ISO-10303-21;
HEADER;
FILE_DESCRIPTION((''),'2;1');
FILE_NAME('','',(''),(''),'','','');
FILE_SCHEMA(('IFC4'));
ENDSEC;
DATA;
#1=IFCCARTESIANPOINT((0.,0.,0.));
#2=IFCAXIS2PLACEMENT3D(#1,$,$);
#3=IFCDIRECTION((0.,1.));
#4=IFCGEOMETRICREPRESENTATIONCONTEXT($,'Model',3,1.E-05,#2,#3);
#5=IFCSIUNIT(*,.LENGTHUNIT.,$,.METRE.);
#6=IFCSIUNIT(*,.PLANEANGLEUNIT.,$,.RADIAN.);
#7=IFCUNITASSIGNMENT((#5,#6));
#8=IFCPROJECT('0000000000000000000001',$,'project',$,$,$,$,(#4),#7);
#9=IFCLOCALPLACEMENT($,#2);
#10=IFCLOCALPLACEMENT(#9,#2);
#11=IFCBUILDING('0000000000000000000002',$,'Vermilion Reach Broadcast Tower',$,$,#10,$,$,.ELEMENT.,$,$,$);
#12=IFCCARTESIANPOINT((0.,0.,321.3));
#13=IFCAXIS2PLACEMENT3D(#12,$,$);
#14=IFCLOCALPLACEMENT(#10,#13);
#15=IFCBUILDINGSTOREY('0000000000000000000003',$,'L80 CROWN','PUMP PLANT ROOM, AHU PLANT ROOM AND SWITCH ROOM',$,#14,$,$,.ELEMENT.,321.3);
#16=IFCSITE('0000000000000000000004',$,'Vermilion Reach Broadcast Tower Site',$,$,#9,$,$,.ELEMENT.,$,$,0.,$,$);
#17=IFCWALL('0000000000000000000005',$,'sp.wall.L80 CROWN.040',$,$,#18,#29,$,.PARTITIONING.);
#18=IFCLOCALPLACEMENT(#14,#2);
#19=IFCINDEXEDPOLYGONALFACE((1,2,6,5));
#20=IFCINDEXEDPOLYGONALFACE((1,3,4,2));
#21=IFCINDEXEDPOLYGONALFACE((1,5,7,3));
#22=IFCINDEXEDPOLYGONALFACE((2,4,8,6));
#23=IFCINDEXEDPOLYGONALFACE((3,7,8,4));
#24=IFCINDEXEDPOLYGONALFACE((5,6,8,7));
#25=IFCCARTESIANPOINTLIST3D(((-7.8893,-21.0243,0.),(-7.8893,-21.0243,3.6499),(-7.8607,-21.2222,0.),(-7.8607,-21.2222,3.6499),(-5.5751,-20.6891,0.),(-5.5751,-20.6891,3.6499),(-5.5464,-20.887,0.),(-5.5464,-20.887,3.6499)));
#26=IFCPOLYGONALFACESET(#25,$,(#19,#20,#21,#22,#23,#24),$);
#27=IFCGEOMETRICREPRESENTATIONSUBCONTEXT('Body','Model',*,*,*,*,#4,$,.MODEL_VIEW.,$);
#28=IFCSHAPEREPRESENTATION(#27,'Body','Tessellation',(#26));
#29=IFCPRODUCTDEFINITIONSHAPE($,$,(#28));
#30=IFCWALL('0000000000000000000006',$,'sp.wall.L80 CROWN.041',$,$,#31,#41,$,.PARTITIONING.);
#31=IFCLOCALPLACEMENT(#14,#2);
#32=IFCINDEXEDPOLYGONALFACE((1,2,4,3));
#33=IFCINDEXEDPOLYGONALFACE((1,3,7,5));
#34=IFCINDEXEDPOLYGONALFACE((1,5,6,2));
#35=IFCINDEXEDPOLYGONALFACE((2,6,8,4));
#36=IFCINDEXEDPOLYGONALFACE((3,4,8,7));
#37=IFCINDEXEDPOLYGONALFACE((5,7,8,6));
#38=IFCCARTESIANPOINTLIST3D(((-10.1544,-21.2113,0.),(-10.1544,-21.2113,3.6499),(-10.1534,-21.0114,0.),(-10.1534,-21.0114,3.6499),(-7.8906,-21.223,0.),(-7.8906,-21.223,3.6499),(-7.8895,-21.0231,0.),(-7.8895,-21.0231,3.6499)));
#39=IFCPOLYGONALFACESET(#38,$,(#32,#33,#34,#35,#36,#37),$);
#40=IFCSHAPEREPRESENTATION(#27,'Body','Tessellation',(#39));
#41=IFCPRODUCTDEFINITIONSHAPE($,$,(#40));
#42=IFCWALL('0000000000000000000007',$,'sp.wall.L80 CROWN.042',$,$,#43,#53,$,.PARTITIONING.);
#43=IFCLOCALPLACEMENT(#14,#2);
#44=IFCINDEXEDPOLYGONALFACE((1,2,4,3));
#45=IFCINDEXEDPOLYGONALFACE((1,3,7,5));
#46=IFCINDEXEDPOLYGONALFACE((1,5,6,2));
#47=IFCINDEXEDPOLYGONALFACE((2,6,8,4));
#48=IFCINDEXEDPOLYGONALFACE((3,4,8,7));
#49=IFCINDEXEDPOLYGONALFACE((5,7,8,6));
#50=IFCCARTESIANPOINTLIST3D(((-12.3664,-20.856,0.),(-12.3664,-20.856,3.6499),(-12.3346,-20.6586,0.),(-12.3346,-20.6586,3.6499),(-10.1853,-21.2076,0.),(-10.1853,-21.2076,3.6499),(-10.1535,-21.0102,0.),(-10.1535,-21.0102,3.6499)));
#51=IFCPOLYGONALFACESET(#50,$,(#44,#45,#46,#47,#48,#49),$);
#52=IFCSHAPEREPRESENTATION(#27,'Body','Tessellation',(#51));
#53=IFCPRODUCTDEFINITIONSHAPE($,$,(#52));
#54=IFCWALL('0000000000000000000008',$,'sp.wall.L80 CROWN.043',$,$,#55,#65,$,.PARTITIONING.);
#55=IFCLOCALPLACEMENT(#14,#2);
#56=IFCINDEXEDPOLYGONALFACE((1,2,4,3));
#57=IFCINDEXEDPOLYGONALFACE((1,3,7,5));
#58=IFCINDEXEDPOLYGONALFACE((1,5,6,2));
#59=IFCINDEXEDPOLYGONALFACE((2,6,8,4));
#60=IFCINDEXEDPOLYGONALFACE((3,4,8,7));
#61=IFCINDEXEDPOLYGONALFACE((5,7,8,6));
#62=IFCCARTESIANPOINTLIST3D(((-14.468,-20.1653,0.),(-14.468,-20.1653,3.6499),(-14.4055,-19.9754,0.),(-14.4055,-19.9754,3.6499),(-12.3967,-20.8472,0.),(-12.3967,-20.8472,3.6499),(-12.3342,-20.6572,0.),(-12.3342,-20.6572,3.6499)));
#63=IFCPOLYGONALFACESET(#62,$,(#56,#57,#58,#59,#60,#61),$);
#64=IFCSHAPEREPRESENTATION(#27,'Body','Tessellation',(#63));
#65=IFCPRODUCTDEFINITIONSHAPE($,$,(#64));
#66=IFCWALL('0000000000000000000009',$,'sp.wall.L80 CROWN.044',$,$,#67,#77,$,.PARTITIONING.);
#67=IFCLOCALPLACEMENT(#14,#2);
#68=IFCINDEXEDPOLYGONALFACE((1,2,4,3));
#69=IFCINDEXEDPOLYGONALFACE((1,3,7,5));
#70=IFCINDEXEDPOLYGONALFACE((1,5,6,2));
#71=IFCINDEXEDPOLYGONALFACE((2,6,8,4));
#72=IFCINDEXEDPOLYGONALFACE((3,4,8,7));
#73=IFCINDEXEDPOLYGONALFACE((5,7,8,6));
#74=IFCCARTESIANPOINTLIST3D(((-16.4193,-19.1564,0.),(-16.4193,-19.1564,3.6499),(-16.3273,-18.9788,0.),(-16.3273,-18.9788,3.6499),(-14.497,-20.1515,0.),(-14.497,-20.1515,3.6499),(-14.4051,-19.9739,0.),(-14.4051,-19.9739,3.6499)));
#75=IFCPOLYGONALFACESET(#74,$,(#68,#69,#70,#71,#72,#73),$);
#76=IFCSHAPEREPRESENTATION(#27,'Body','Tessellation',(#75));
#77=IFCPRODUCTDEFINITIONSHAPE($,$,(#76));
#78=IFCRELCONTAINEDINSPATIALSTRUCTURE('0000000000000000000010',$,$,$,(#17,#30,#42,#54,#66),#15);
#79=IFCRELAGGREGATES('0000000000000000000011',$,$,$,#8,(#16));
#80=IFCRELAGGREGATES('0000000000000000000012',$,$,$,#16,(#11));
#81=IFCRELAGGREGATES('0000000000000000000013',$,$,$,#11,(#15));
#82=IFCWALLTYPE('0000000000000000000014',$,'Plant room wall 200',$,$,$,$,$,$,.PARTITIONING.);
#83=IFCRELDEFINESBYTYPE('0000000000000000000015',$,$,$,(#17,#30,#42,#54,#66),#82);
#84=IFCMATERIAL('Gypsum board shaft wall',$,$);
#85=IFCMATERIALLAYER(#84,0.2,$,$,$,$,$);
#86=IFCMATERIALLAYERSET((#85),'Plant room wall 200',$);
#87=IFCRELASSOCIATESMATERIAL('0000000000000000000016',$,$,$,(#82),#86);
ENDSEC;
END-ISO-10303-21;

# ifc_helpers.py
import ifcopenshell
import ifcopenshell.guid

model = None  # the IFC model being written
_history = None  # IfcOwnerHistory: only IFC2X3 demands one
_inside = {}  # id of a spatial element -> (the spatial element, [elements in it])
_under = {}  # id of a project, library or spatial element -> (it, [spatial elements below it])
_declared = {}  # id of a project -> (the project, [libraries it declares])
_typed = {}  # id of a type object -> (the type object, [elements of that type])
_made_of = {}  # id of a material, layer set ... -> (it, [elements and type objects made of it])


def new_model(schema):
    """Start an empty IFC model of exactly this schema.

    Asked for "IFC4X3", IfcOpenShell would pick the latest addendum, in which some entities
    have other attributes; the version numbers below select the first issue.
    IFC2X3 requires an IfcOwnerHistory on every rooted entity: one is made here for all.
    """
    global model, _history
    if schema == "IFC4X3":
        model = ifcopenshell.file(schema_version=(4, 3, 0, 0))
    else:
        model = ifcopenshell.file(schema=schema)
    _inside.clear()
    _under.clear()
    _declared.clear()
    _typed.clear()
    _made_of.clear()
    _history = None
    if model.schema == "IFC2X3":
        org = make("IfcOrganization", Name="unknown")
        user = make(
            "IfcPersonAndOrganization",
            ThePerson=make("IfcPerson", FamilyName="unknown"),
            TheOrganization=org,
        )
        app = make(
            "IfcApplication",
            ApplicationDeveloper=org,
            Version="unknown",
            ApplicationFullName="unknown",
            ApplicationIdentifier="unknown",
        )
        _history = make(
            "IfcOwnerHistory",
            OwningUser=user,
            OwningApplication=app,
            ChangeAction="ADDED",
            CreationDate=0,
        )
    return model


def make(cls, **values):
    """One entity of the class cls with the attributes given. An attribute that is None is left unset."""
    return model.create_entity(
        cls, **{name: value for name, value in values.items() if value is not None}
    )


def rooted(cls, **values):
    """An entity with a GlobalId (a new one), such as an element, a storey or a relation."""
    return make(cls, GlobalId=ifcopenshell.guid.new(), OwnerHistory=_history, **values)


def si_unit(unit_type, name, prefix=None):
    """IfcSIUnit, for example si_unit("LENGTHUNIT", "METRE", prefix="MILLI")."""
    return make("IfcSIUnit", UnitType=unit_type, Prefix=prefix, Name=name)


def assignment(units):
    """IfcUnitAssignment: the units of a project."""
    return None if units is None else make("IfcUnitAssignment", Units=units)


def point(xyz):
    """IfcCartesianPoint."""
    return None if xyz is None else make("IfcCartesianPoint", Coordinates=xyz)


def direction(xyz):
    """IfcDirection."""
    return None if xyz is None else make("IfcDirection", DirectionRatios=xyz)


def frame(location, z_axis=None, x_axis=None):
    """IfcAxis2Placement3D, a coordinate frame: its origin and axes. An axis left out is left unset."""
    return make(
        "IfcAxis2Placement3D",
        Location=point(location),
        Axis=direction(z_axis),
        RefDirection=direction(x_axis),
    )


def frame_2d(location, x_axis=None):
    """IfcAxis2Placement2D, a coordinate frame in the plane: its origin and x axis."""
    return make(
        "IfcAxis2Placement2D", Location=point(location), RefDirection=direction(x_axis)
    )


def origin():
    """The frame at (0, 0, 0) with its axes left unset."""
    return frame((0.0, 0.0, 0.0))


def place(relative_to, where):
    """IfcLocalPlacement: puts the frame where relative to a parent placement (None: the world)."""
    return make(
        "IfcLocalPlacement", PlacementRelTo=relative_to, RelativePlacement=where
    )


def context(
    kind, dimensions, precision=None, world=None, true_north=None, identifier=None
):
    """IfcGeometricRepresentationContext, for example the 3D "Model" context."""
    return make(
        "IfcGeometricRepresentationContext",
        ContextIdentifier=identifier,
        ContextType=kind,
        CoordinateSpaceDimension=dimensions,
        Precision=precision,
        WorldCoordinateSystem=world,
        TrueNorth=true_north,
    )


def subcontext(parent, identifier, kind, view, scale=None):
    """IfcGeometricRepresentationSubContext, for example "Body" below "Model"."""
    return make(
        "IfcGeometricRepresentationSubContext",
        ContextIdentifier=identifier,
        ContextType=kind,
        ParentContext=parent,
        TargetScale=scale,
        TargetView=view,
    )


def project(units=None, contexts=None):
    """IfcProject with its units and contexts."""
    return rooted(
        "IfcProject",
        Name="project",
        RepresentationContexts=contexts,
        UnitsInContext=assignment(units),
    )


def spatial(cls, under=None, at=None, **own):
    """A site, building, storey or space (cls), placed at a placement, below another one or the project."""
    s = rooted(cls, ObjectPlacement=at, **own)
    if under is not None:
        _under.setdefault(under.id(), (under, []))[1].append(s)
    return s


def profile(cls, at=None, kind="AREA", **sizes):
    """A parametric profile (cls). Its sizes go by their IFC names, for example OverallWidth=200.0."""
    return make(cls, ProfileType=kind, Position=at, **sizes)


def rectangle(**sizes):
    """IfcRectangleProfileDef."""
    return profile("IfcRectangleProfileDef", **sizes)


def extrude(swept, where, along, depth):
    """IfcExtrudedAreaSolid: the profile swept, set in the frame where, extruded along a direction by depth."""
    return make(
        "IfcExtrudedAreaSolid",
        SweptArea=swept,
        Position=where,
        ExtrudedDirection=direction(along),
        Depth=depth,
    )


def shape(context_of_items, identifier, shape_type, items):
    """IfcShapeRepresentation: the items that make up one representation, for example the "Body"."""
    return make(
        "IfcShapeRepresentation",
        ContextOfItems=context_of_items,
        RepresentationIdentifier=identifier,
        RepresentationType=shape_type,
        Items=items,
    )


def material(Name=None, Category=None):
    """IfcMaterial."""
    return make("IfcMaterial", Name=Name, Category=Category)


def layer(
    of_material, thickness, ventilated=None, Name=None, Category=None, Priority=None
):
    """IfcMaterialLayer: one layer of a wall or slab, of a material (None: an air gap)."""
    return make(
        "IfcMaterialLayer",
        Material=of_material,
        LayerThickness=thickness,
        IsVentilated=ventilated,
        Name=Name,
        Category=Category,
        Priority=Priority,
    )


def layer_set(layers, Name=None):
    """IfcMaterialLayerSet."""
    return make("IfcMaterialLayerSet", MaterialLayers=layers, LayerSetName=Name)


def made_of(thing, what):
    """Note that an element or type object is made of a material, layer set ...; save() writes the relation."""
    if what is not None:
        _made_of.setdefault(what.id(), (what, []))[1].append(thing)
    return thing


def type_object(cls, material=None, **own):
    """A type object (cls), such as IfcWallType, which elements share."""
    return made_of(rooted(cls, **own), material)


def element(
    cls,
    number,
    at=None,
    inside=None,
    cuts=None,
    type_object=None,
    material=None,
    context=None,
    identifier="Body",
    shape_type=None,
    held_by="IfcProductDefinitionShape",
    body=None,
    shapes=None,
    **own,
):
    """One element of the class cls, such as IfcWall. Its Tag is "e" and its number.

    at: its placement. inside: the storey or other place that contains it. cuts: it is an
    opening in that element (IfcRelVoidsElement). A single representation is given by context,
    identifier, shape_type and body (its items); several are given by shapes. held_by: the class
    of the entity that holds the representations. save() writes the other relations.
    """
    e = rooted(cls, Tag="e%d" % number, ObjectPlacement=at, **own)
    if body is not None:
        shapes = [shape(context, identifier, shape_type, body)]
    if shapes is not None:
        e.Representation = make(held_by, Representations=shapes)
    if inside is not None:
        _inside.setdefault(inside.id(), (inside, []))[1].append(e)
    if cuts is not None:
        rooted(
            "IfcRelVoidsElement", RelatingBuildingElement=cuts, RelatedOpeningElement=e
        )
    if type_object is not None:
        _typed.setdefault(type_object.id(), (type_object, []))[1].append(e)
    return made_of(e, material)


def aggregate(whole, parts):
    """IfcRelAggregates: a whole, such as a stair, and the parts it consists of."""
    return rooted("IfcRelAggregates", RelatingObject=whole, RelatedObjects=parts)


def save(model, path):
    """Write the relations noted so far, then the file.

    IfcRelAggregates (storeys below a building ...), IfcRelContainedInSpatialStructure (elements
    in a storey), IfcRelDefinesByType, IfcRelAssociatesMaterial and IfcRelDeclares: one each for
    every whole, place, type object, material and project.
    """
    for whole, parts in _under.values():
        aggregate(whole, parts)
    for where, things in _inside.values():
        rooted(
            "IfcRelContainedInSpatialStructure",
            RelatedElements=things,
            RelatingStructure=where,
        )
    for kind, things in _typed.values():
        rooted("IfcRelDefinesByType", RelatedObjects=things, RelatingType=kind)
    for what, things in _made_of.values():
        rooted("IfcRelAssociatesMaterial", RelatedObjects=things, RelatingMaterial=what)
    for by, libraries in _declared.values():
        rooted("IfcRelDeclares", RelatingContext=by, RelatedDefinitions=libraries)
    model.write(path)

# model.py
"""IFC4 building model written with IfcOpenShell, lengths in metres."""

from ifc_helpers import new_model, si_unit, direction, frame, frame_2d, origin, place, context, subcontext, project, spatial, rectangle, extrude, material, layer, layer_set, type_object, element, save


model = new_model("IFC4")

# Units and contexts
model_context = context("Model", 3, precision=1e-05, world=origin(), true_north=direction((0.0, 1.0)))
body_context = subcontext(model_context, "Body", "Model", "MODEL_VIEW")
ifc_project = project(units=[si_unit("LENGTHUNIT", "METRE"), si_unit("PLANEANGLEUNIT", "RADIAN")], contexts=[model_context])

# Site, building, storey
site_placement = place(None, origin())
site = spatial("IfcSite", under=ifc_project, at=site_placement, Name="Vermilion Reach Broadcast Tower Site", CompositionType="ELEMENT", RefElevation=0.0)
building_placement = place(site_placement, origin())
building = spatial("IfcBuilding", under=site, at=building_placement, Name="Vermilion Reach Broadcast Tower", CompositionType="ELEMENT")
storey_placement = place(building_placement, frame((0.0, 0.0, 321.3)))
storey = spatial("IfcBuildingStorey", under=building, at=storey_placement, Name="L80 CROWN", Description="PUMP PLANT ROOM, AHU PLANT ROOM AND SWITCH ROOM", CompositionType="ELEMENT", Elevation=321.3)

# Walls
ifc_material_1 = material(Name="Gypsum board shaft wall")
ifc_layer_1 = layer(ifc_material_1, 0.2)
ifc_layer_set_1 = layer_set([ifc_layer_1], Name="Plant room wall 200")
wall_type = type_object("IfcWallType", Name="Plant room wall 200", PredefinedType="PARTITIONING", material=ifc_layer_set_1)
wall_1_placement = place(storey_placement, frame((-7.875, -21.1233, 0.0), z_axis=(0.0, 0.0, 1.0), x_axis=(0.989672, 0.143351, 0.0)))
element("IfcWall", 1, at=wall_1_placement, inside=storey, type_object=wall_type, Name="sp.wall.L80 CROWN.040", PredefinedType="PARTITIONING", context=body_context, shape_type="SweptSolid", body=[
    extrude(rectangle(XDim=2.3384, YDim=0.2, at=frame_2d((1.1692, 0.0))), origin(), (0.0, 0.0, 1.0), 3.6499),
])
wall_2_placement = place(storey_placement, frame((-10.1538, -21.1113, 0.0), z_axis=(0.0, 0.0, 1.0), x_axis=(0.999987, -0.005176, 0.0)))
element("IfcWall", 2, at=wall_2_placement, inside=storey, type_object=wall_type, Name="sp.wall.L80 CROWN.041", PredefinedType="PARTITIONING", context=body_context, shape_type="SweptSolid", body=[
    extrude(rectangle(XDim=2.2639, YDim=0.2, at=frame_2d((1.1318, 0.0))), origin(), (0.0, 0.0, 1.0), 3.6499),
])
wall_3_placement = place(storey_placement, frame((-12.3503, -20.7573, 0.0), z_axis=(0.0, 0.0, 1.0), x_axis=(0.987258, -0.159128, 0.0)))
element("IfcWall", 3, at=wall_3_placement, inside=storey, type_object=wall_type, Name="sp.wall.L80 CROWN.042", PredefinedType="PARTITIONING", context=body_context, shape_type="SweptSolid", body=[
    extrude(rectangle(XDim=2.2092, YDim=0.2, at=frame_2d((1.1045, 0.0))), origin(), (0.0, 0.0, 1.0), 3.6499),
])
wall_4_placement = place(storey_placement, frame((-14.4368, -20.0703, 0.0), z_axis=(0.0, 0.0, 1.0), x_axis=(0.949852, -0.312699, 0.0)))
element("IfcWall", 4, at=wall_4_placement, inside=storey, type_object=wall_type, Name="sp.wall.L80 CROWN.043", PredefinedType="PARTITIONING", context=body_context, shape_type="SweptSolid", body=[
    extrude(rectangle(XDim=2.1807, YDim=0.2, at=frame_2d((1.0903, 0.0))), origin(), (0.0, 0.0, 1.0), 3.6499),
])
wall_5_placement = place(storey_placement, frame((-16.3733, -19.0676, 0.0), z_axis=(0.0, 0.0, 1.0), x_axis=(0.888068, -0.459711, 0.0)))
element("IfcWall", 5, at=wall_5_placement, inside=storey, type_object=wall_type, Name="sp.wall.L80 CROWN.044", PredefinedType="PARTITIONING", context=body_context, shape_type="SweptSolid", body=[
    extrude(rectangle(XDim=2.1646, YDim=0.2, at=frame_2d((1.0823, 0.0))), origin(), (0.0, 0.0, 1.0), 3.6499),
])

save(model, "model.ifc")
